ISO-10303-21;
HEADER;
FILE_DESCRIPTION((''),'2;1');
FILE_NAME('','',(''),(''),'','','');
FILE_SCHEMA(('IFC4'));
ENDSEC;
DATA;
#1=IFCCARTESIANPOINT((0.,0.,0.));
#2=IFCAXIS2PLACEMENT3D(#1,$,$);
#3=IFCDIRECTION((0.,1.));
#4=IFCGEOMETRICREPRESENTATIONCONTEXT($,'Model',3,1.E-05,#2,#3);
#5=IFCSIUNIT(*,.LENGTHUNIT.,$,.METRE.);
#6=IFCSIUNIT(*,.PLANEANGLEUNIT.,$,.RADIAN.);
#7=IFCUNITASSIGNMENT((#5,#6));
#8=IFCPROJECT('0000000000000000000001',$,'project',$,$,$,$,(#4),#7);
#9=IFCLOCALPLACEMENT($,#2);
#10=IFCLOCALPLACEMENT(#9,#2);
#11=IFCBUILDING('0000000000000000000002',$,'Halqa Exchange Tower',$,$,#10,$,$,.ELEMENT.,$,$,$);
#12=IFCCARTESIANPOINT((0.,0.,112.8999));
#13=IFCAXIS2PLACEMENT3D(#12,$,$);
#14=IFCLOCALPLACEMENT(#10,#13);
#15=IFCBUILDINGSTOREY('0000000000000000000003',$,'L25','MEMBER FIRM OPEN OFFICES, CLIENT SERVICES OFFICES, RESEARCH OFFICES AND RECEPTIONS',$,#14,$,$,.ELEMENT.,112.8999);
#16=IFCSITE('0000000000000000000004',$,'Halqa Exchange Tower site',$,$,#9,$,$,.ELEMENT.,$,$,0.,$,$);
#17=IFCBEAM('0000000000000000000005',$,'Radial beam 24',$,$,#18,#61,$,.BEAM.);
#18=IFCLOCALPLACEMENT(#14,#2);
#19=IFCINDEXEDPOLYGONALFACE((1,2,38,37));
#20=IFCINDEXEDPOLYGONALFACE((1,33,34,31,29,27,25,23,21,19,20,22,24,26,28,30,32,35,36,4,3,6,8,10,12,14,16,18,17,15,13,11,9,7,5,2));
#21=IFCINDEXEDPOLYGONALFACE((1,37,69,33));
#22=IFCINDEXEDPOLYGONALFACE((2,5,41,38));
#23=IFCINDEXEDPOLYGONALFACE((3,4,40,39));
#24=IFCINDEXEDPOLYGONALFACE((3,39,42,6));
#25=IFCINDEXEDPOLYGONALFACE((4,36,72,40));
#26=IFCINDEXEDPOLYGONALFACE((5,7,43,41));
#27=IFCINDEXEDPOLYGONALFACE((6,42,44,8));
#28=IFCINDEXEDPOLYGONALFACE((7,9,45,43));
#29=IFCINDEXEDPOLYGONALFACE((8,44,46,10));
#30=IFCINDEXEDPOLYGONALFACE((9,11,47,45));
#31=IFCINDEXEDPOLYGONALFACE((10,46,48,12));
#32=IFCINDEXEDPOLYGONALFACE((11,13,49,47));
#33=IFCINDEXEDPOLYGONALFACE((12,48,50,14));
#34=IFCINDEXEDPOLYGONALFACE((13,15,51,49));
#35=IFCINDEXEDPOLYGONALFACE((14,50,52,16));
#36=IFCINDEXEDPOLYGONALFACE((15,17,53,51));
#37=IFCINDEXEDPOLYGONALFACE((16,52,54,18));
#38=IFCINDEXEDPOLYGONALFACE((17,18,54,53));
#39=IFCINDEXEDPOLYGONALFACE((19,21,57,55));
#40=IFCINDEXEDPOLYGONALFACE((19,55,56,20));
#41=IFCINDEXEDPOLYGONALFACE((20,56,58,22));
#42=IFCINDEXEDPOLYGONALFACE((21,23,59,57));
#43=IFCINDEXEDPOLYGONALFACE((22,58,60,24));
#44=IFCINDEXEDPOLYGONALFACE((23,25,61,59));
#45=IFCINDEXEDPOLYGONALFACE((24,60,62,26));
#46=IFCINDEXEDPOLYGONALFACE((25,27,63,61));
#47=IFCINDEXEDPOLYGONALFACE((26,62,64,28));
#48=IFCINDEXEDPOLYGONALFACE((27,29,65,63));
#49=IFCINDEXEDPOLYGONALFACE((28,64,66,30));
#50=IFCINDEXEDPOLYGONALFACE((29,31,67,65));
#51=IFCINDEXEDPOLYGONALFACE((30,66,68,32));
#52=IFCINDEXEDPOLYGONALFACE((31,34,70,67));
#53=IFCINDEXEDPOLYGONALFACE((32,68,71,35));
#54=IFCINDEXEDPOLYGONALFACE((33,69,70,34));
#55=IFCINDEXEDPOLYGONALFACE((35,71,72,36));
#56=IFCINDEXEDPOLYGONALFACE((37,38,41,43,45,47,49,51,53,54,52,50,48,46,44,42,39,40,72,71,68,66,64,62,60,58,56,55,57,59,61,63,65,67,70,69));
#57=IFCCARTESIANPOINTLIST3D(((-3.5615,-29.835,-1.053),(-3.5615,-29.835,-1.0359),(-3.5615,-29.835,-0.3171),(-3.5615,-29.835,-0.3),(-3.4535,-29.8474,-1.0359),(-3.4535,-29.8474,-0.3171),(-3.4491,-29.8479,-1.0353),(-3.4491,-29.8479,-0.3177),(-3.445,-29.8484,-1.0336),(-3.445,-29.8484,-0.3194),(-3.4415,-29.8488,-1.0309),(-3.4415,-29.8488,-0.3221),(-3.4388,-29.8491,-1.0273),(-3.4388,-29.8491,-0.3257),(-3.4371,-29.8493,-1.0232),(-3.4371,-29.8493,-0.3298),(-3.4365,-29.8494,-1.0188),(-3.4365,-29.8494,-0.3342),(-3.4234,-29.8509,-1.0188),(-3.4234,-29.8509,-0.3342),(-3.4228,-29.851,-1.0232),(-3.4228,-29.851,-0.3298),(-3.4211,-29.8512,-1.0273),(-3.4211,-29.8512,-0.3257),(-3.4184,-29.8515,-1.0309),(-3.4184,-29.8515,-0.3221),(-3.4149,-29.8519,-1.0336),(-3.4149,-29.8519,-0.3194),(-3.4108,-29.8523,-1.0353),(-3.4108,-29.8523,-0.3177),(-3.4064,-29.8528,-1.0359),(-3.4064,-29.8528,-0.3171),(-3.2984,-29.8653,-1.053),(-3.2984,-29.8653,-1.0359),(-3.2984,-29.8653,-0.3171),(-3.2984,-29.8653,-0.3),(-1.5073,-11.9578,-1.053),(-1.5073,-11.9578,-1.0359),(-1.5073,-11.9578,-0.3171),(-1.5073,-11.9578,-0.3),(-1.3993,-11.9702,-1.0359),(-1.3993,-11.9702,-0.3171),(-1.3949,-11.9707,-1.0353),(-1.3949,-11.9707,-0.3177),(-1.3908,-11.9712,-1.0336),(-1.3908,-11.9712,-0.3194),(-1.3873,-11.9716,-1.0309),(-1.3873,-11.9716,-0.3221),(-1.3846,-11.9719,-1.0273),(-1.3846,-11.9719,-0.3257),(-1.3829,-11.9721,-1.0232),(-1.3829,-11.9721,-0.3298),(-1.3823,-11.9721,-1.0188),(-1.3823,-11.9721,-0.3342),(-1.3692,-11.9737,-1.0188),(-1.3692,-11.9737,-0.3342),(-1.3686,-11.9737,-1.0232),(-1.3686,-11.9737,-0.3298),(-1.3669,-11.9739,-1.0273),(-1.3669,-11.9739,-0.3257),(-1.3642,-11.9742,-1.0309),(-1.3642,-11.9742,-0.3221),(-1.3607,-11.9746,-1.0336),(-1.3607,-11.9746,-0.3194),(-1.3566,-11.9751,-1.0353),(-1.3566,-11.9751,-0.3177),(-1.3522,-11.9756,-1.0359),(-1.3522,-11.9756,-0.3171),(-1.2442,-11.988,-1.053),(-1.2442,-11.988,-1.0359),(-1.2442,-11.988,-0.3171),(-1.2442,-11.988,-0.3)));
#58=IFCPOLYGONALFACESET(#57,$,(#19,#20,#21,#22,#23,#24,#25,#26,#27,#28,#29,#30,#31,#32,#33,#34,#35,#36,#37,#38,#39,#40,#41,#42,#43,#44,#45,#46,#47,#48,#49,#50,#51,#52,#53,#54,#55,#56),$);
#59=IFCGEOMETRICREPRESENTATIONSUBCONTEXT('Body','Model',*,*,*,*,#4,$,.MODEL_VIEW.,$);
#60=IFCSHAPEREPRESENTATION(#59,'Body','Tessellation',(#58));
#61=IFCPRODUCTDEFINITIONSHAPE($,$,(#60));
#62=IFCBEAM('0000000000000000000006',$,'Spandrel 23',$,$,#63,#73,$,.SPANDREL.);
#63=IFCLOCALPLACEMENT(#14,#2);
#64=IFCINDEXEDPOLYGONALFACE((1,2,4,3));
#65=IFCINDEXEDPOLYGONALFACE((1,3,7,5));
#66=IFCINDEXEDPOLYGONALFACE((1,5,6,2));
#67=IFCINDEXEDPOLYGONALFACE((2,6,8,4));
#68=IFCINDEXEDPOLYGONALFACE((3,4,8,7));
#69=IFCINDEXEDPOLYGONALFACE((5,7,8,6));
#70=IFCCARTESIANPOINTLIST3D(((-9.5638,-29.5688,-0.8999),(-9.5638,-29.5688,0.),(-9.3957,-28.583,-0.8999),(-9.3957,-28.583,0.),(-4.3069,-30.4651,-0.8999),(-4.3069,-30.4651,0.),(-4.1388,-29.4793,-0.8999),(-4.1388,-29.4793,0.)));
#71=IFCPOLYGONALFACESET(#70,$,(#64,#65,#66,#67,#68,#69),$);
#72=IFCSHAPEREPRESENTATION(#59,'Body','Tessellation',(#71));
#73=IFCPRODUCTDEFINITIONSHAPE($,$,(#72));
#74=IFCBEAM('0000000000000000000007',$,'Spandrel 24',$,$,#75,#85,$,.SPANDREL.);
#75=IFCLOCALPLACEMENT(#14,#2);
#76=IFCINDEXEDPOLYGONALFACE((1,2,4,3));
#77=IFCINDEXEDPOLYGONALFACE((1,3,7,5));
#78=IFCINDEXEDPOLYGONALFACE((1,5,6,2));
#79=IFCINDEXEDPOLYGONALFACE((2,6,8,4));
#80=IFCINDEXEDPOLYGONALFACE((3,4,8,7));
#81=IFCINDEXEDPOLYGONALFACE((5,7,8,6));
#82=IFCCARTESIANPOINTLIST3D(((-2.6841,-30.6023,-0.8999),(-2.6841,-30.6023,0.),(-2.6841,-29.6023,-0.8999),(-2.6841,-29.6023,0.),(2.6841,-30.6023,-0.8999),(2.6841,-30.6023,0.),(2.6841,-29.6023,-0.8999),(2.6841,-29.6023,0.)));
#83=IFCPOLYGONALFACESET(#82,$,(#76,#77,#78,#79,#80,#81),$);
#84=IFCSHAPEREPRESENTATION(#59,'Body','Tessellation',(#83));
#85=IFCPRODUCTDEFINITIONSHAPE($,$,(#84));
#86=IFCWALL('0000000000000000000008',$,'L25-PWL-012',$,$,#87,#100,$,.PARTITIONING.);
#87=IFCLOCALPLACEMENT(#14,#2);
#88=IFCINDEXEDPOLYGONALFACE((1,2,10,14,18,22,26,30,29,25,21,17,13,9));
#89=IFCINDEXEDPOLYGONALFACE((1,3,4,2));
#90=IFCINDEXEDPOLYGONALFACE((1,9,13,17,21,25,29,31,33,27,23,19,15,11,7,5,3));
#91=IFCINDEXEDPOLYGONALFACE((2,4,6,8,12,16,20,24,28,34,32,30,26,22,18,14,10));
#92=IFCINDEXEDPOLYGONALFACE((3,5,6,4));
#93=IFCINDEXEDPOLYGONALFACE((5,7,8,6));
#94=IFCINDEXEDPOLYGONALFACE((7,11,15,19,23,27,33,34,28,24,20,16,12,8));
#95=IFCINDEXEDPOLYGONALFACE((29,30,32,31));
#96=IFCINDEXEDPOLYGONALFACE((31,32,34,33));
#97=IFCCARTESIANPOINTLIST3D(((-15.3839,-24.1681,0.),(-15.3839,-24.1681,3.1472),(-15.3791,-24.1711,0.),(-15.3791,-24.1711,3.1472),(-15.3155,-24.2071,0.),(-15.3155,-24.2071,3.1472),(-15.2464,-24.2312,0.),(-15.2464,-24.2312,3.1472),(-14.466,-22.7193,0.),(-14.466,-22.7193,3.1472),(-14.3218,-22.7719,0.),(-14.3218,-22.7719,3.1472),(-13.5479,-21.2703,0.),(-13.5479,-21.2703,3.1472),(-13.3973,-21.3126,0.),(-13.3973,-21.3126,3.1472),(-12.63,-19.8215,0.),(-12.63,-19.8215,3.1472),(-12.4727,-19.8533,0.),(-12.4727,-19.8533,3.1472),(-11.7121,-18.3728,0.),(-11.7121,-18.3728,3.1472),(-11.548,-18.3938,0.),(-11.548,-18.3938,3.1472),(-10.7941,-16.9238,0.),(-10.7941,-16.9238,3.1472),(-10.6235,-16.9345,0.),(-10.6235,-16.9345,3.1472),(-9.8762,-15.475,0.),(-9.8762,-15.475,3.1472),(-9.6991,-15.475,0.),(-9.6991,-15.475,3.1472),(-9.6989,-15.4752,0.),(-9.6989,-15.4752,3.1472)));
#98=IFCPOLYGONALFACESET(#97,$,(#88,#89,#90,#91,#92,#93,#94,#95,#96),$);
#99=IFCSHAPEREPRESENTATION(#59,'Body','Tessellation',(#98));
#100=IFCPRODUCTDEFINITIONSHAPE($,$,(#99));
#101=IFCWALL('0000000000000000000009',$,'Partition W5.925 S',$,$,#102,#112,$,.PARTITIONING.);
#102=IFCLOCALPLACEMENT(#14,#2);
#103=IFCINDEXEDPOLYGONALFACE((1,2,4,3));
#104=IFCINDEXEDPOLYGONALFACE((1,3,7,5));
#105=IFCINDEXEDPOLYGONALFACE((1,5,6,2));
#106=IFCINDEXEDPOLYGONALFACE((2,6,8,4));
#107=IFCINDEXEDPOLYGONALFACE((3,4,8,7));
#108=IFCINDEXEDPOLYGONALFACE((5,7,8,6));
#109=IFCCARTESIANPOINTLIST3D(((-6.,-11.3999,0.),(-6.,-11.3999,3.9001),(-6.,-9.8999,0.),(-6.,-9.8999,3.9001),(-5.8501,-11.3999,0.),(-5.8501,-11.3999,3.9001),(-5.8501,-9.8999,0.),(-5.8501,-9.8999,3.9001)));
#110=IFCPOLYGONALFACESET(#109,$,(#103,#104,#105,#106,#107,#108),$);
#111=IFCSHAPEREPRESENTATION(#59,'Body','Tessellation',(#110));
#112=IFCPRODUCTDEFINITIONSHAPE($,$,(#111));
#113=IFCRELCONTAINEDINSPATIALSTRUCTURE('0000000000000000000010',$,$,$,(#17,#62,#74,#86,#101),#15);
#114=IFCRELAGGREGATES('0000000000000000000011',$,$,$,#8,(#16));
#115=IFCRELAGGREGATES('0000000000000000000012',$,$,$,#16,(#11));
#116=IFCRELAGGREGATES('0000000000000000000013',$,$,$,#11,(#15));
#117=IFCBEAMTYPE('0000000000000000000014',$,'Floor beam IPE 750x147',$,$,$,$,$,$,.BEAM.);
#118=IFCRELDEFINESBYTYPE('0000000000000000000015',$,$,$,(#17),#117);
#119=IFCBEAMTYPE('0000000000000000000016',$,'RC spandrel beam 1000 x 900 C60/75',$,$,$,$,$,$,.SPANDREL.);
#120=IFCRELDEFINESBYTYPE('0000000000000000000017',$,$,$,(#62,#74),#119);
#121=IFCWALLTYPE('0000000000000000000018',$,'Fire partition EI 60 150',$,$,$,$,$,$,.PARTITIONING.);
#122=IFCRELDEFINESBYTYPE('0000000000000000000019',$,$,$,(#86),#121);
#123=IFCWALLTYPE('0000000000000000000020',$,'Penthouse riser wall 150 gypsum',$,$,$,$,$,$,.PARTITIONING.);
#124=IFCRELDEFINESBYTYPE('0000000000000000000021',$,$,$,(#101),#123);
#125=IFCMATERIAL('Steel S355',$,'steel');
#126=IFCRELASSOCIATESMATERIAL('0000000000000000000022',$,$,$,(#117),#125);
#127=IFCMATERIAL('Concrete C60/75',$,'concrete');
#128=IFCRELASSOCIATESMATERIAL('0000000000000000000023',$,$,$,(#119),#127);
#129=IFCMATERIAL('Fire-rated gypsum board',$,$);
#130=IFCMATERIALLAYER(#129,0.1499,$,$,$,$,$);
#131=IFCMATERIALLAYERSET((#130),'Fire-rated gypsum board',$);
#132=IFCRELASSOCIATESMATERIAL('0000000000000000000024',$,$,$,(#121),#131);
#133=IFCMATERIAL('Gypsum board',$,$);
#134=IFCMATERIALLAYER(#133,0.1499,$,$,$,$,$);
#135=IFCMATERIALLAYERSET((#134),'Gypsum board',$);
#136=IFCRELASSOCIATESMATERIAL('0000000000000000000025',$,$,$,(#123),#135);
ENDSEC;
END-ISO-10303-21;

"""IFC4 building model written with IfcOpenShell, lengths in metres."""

from ifc_helpers import new_model, si_unit, direction, frame, frame_2d, origin, origin_2d, place, context, subcontext, project, spatial, polyline, rectangle, i_section, outline, extrude, material, layer, layer_set, material_profile, profile_set, type_object, element, save


model = new_model("IFC4")

# Units and contexts
model_context = context("Model", 3, precision=1e-05, world=origin(), true_north=direction((0.0, 1.0)))
body_context = subcontext(model_context, "Body", "Model", "MODEL_VIEW")
ifc_project = project(units=[si_unit("LENGTHUNIT", "METRE"), si_unit("PLANEANGLEUNIT", "RADIAN")], contexts=[model_context])

# Site, building, storey
site_placement = place(None, origin())
site = spatial("IfcSite", under=ifc_project, at=site_placement, Name="Halqa Exchange Tower site", CompositionType="ELEMENT", RefElevation=0.0)
building_placement = place(site_placement, origin())
building = spatial("IfcBuilding", under=site, at=building_placement, Name="Halqa Exchange Tower", CompositionType="ELEMENT")
storey_placement = place(building_placement, frame((0.0, 0.0, 112.8999)))
storey = spatial("IfcBuildingStorey", under=building, at=storey_placement, Name="L25", Description="MEMBER FIRM OPEN OFFICES, CLIENT SERVICES OFFICES, RESEARCH OFFICES AND RECEPTIONS", CompositionType="ELEMENT", Elevation=112.8999)

# Beams
ifc_material_1 = material(Name="Steel S355", Category="steel")
ifc_material_profile_1 = material_profile(ifc_material_1, i_section(OverallWidth=0.2649, OverallDepth=0.7529, WebThickness=0.0132, FlangeThickness=0.0171, FilletRadius=0.0171, at=origin_2d()), Name="IPE 750x147")
ifc_profile_set_1 = profile_set([ifc_material_profile_1], Name="Steel S355")
beam_type_1 = type_object("IfcBeamType", Name="Floor beam IPE 750x147", PredefinedType="BEAM", material=ifc_profile_set_1)
beam_1_placement = place(storey_placement, frame((-1.3757, -11.9729, -0.6765), z_axis=(-0.114155, -0.993463, 0.0), x_axis=(0.993463, -0.114155, 0.0)))
element("IfcBeam", 1, at=beam_1_placement, inside=storey, type_object=beam_type_1, Name="Radial beam 24", PredefinedType="BEAM", context=body_context, shape_type="SweptSolid", body=[
    extrude(i_section(OverallWidth=0.2649, OverallDepth=0.7529, WebThickness=0.0132, FlangeThickness=0.0171, FilletRadius=0.0171, at=origin_2d()), origin(), (0.0, 0.0, 1.0), 17.9949),
])
ifc_material_2 = material(Name="Concrete C60/75", Category="concrete")
ifc_material_profile_2 = material_profile(ifc_material_2, rectangle(XDim=1.0, YDim=0.8999, at=origin_2d()), Name="1000 x 900")
ifc_profile_set_2 = profile_set([ifc_material_profile_2], Name="Concrete C60/75")
beam_type_2 = type_object("IfcBeamType", Name="RC spandrel beam 1000 x 900 C60/75", PredefinedType="SPANDREL", material=ifc_profile_set_2)
beam_2_placement = place(storey_placement, frame((-9.4797, -29.0759, -0.45), z_axis=(0.985776, -0.168065, 0.0), x_axis=(0.168065, 0.985776, 0.0)))
element("IfcBeam", 2, at=beam_2_placement, inside=storey, type_object=beam_type_2, Name="Spandrel 23", PredefinedType="SPANDREL", context=body_context, shape_type="SweptSolid", body=[
    extrude(rectangle(XDim=1.0, YDim=0.8999, at=origin_2d()), origin(), (0.0, 0.0, 1.0), 5.3328),
])
beam_3_placement = place(storey_placement, frame((-2.6841, -30.1023, -0.45), z_axis=(1.0, 0.0, 0.0), x_axis=(0.0, 1.0, 0.0)))
element("IfcBeam", 3, at=beam_3_placement, inside=storey, type_object=beam_type_2, Name="Spandrel 24", PredefinedType="SPANDREL", context=body_context, shape_type="SweptSolid", body=[
    extrude(rectangle(XDim=1.0, YDim=0.8999, at=origin_2d()), origin(), (0.0, 0.0, 1.0), 5.3682),
])

# Walls
ifc_material_3 = material(Name="Fire-rated gypsum board")
ifc_layer_1 = layer(ifc_material_3, 0.1499)
ifc_layer_set_1 = layer_set([ifc_layer_1], Name="Fire-rated gypsum board")
wall_type_1 = type_object("IfcWallType", Name="Fire partition EI 60 150", PredefinedType="PARTITIONING", material=ifc_layer_set_1)
wall_1_placement = place(storey_placement, frame((-9.7622, -15.4351, 0.0), z_axis=(0.0, 0.0, 1.0), x_axis=(-0.535189, -0.844732, 0.0)))
element("IfcWall", 4, at=wall_1_placement, inside=storey, type_object=wall_type_1, Name="L25-PWL-012", PredefinedType="PARTITIONING", context=body_context, shape_type="SweptSolid", body=[
    extrude(outline(polyline([(10.3857, -0.075), (10.3857, -0.0693), (10.3821, 0.0037), (10.3655, 0.075), (8.6379, 0.075), (6.9104, 0.075), (5.1829, 0.075), (3.4551, 0.075), (1.7275, 0.075), (0.0, 0.075), (0.0, 0.0747), (0.0947, -0.075), (1.8098, -0.075), (3.5251, -0.075), (5.2402, -0.075), (6.9553, -0.075), (8.6707, -0.075), (10.3857, -0.075)])), origin(), (0.0, 0.0, 1.0), 3.1472),
])
ifc_material_4 = material(Name="Gypsum board")
ifc_layer_2 = layer(ifc_material_4, 0.1499)
ifc_layer_set_2 = layer_set([ifc_layer_2], Name="Gypsum board")
wall_type_2 = type_object("IfcWallType", Name="Penthouse riser wall 150 gypsum", PredefinedType="PARTITIONING", material=ifc_layer_set_2)
wall_2_placement = place(storey_placement, frame((-5.925, -11.3999, 0.0), z_axis=(0.0, 0.0, 1.0), x_axis=(0.0, 1.0, 0.0)))
element("IfcWall", 5, at=wall_2_placement, inside=storey, type_object=wall_type_2, Name="Partition W5.925 S", PredefinedType="PARTITIONING", context=body_context, shape_type="SweptSolid", body=[
    extrude(rectangle(XDim=1.5, YDim=0.1499, at=frame_2d((0.75, 0.0))), origin(), (0.0, 0.0, 1.0), 3.9001),
])

save(model, "model.ifc")
